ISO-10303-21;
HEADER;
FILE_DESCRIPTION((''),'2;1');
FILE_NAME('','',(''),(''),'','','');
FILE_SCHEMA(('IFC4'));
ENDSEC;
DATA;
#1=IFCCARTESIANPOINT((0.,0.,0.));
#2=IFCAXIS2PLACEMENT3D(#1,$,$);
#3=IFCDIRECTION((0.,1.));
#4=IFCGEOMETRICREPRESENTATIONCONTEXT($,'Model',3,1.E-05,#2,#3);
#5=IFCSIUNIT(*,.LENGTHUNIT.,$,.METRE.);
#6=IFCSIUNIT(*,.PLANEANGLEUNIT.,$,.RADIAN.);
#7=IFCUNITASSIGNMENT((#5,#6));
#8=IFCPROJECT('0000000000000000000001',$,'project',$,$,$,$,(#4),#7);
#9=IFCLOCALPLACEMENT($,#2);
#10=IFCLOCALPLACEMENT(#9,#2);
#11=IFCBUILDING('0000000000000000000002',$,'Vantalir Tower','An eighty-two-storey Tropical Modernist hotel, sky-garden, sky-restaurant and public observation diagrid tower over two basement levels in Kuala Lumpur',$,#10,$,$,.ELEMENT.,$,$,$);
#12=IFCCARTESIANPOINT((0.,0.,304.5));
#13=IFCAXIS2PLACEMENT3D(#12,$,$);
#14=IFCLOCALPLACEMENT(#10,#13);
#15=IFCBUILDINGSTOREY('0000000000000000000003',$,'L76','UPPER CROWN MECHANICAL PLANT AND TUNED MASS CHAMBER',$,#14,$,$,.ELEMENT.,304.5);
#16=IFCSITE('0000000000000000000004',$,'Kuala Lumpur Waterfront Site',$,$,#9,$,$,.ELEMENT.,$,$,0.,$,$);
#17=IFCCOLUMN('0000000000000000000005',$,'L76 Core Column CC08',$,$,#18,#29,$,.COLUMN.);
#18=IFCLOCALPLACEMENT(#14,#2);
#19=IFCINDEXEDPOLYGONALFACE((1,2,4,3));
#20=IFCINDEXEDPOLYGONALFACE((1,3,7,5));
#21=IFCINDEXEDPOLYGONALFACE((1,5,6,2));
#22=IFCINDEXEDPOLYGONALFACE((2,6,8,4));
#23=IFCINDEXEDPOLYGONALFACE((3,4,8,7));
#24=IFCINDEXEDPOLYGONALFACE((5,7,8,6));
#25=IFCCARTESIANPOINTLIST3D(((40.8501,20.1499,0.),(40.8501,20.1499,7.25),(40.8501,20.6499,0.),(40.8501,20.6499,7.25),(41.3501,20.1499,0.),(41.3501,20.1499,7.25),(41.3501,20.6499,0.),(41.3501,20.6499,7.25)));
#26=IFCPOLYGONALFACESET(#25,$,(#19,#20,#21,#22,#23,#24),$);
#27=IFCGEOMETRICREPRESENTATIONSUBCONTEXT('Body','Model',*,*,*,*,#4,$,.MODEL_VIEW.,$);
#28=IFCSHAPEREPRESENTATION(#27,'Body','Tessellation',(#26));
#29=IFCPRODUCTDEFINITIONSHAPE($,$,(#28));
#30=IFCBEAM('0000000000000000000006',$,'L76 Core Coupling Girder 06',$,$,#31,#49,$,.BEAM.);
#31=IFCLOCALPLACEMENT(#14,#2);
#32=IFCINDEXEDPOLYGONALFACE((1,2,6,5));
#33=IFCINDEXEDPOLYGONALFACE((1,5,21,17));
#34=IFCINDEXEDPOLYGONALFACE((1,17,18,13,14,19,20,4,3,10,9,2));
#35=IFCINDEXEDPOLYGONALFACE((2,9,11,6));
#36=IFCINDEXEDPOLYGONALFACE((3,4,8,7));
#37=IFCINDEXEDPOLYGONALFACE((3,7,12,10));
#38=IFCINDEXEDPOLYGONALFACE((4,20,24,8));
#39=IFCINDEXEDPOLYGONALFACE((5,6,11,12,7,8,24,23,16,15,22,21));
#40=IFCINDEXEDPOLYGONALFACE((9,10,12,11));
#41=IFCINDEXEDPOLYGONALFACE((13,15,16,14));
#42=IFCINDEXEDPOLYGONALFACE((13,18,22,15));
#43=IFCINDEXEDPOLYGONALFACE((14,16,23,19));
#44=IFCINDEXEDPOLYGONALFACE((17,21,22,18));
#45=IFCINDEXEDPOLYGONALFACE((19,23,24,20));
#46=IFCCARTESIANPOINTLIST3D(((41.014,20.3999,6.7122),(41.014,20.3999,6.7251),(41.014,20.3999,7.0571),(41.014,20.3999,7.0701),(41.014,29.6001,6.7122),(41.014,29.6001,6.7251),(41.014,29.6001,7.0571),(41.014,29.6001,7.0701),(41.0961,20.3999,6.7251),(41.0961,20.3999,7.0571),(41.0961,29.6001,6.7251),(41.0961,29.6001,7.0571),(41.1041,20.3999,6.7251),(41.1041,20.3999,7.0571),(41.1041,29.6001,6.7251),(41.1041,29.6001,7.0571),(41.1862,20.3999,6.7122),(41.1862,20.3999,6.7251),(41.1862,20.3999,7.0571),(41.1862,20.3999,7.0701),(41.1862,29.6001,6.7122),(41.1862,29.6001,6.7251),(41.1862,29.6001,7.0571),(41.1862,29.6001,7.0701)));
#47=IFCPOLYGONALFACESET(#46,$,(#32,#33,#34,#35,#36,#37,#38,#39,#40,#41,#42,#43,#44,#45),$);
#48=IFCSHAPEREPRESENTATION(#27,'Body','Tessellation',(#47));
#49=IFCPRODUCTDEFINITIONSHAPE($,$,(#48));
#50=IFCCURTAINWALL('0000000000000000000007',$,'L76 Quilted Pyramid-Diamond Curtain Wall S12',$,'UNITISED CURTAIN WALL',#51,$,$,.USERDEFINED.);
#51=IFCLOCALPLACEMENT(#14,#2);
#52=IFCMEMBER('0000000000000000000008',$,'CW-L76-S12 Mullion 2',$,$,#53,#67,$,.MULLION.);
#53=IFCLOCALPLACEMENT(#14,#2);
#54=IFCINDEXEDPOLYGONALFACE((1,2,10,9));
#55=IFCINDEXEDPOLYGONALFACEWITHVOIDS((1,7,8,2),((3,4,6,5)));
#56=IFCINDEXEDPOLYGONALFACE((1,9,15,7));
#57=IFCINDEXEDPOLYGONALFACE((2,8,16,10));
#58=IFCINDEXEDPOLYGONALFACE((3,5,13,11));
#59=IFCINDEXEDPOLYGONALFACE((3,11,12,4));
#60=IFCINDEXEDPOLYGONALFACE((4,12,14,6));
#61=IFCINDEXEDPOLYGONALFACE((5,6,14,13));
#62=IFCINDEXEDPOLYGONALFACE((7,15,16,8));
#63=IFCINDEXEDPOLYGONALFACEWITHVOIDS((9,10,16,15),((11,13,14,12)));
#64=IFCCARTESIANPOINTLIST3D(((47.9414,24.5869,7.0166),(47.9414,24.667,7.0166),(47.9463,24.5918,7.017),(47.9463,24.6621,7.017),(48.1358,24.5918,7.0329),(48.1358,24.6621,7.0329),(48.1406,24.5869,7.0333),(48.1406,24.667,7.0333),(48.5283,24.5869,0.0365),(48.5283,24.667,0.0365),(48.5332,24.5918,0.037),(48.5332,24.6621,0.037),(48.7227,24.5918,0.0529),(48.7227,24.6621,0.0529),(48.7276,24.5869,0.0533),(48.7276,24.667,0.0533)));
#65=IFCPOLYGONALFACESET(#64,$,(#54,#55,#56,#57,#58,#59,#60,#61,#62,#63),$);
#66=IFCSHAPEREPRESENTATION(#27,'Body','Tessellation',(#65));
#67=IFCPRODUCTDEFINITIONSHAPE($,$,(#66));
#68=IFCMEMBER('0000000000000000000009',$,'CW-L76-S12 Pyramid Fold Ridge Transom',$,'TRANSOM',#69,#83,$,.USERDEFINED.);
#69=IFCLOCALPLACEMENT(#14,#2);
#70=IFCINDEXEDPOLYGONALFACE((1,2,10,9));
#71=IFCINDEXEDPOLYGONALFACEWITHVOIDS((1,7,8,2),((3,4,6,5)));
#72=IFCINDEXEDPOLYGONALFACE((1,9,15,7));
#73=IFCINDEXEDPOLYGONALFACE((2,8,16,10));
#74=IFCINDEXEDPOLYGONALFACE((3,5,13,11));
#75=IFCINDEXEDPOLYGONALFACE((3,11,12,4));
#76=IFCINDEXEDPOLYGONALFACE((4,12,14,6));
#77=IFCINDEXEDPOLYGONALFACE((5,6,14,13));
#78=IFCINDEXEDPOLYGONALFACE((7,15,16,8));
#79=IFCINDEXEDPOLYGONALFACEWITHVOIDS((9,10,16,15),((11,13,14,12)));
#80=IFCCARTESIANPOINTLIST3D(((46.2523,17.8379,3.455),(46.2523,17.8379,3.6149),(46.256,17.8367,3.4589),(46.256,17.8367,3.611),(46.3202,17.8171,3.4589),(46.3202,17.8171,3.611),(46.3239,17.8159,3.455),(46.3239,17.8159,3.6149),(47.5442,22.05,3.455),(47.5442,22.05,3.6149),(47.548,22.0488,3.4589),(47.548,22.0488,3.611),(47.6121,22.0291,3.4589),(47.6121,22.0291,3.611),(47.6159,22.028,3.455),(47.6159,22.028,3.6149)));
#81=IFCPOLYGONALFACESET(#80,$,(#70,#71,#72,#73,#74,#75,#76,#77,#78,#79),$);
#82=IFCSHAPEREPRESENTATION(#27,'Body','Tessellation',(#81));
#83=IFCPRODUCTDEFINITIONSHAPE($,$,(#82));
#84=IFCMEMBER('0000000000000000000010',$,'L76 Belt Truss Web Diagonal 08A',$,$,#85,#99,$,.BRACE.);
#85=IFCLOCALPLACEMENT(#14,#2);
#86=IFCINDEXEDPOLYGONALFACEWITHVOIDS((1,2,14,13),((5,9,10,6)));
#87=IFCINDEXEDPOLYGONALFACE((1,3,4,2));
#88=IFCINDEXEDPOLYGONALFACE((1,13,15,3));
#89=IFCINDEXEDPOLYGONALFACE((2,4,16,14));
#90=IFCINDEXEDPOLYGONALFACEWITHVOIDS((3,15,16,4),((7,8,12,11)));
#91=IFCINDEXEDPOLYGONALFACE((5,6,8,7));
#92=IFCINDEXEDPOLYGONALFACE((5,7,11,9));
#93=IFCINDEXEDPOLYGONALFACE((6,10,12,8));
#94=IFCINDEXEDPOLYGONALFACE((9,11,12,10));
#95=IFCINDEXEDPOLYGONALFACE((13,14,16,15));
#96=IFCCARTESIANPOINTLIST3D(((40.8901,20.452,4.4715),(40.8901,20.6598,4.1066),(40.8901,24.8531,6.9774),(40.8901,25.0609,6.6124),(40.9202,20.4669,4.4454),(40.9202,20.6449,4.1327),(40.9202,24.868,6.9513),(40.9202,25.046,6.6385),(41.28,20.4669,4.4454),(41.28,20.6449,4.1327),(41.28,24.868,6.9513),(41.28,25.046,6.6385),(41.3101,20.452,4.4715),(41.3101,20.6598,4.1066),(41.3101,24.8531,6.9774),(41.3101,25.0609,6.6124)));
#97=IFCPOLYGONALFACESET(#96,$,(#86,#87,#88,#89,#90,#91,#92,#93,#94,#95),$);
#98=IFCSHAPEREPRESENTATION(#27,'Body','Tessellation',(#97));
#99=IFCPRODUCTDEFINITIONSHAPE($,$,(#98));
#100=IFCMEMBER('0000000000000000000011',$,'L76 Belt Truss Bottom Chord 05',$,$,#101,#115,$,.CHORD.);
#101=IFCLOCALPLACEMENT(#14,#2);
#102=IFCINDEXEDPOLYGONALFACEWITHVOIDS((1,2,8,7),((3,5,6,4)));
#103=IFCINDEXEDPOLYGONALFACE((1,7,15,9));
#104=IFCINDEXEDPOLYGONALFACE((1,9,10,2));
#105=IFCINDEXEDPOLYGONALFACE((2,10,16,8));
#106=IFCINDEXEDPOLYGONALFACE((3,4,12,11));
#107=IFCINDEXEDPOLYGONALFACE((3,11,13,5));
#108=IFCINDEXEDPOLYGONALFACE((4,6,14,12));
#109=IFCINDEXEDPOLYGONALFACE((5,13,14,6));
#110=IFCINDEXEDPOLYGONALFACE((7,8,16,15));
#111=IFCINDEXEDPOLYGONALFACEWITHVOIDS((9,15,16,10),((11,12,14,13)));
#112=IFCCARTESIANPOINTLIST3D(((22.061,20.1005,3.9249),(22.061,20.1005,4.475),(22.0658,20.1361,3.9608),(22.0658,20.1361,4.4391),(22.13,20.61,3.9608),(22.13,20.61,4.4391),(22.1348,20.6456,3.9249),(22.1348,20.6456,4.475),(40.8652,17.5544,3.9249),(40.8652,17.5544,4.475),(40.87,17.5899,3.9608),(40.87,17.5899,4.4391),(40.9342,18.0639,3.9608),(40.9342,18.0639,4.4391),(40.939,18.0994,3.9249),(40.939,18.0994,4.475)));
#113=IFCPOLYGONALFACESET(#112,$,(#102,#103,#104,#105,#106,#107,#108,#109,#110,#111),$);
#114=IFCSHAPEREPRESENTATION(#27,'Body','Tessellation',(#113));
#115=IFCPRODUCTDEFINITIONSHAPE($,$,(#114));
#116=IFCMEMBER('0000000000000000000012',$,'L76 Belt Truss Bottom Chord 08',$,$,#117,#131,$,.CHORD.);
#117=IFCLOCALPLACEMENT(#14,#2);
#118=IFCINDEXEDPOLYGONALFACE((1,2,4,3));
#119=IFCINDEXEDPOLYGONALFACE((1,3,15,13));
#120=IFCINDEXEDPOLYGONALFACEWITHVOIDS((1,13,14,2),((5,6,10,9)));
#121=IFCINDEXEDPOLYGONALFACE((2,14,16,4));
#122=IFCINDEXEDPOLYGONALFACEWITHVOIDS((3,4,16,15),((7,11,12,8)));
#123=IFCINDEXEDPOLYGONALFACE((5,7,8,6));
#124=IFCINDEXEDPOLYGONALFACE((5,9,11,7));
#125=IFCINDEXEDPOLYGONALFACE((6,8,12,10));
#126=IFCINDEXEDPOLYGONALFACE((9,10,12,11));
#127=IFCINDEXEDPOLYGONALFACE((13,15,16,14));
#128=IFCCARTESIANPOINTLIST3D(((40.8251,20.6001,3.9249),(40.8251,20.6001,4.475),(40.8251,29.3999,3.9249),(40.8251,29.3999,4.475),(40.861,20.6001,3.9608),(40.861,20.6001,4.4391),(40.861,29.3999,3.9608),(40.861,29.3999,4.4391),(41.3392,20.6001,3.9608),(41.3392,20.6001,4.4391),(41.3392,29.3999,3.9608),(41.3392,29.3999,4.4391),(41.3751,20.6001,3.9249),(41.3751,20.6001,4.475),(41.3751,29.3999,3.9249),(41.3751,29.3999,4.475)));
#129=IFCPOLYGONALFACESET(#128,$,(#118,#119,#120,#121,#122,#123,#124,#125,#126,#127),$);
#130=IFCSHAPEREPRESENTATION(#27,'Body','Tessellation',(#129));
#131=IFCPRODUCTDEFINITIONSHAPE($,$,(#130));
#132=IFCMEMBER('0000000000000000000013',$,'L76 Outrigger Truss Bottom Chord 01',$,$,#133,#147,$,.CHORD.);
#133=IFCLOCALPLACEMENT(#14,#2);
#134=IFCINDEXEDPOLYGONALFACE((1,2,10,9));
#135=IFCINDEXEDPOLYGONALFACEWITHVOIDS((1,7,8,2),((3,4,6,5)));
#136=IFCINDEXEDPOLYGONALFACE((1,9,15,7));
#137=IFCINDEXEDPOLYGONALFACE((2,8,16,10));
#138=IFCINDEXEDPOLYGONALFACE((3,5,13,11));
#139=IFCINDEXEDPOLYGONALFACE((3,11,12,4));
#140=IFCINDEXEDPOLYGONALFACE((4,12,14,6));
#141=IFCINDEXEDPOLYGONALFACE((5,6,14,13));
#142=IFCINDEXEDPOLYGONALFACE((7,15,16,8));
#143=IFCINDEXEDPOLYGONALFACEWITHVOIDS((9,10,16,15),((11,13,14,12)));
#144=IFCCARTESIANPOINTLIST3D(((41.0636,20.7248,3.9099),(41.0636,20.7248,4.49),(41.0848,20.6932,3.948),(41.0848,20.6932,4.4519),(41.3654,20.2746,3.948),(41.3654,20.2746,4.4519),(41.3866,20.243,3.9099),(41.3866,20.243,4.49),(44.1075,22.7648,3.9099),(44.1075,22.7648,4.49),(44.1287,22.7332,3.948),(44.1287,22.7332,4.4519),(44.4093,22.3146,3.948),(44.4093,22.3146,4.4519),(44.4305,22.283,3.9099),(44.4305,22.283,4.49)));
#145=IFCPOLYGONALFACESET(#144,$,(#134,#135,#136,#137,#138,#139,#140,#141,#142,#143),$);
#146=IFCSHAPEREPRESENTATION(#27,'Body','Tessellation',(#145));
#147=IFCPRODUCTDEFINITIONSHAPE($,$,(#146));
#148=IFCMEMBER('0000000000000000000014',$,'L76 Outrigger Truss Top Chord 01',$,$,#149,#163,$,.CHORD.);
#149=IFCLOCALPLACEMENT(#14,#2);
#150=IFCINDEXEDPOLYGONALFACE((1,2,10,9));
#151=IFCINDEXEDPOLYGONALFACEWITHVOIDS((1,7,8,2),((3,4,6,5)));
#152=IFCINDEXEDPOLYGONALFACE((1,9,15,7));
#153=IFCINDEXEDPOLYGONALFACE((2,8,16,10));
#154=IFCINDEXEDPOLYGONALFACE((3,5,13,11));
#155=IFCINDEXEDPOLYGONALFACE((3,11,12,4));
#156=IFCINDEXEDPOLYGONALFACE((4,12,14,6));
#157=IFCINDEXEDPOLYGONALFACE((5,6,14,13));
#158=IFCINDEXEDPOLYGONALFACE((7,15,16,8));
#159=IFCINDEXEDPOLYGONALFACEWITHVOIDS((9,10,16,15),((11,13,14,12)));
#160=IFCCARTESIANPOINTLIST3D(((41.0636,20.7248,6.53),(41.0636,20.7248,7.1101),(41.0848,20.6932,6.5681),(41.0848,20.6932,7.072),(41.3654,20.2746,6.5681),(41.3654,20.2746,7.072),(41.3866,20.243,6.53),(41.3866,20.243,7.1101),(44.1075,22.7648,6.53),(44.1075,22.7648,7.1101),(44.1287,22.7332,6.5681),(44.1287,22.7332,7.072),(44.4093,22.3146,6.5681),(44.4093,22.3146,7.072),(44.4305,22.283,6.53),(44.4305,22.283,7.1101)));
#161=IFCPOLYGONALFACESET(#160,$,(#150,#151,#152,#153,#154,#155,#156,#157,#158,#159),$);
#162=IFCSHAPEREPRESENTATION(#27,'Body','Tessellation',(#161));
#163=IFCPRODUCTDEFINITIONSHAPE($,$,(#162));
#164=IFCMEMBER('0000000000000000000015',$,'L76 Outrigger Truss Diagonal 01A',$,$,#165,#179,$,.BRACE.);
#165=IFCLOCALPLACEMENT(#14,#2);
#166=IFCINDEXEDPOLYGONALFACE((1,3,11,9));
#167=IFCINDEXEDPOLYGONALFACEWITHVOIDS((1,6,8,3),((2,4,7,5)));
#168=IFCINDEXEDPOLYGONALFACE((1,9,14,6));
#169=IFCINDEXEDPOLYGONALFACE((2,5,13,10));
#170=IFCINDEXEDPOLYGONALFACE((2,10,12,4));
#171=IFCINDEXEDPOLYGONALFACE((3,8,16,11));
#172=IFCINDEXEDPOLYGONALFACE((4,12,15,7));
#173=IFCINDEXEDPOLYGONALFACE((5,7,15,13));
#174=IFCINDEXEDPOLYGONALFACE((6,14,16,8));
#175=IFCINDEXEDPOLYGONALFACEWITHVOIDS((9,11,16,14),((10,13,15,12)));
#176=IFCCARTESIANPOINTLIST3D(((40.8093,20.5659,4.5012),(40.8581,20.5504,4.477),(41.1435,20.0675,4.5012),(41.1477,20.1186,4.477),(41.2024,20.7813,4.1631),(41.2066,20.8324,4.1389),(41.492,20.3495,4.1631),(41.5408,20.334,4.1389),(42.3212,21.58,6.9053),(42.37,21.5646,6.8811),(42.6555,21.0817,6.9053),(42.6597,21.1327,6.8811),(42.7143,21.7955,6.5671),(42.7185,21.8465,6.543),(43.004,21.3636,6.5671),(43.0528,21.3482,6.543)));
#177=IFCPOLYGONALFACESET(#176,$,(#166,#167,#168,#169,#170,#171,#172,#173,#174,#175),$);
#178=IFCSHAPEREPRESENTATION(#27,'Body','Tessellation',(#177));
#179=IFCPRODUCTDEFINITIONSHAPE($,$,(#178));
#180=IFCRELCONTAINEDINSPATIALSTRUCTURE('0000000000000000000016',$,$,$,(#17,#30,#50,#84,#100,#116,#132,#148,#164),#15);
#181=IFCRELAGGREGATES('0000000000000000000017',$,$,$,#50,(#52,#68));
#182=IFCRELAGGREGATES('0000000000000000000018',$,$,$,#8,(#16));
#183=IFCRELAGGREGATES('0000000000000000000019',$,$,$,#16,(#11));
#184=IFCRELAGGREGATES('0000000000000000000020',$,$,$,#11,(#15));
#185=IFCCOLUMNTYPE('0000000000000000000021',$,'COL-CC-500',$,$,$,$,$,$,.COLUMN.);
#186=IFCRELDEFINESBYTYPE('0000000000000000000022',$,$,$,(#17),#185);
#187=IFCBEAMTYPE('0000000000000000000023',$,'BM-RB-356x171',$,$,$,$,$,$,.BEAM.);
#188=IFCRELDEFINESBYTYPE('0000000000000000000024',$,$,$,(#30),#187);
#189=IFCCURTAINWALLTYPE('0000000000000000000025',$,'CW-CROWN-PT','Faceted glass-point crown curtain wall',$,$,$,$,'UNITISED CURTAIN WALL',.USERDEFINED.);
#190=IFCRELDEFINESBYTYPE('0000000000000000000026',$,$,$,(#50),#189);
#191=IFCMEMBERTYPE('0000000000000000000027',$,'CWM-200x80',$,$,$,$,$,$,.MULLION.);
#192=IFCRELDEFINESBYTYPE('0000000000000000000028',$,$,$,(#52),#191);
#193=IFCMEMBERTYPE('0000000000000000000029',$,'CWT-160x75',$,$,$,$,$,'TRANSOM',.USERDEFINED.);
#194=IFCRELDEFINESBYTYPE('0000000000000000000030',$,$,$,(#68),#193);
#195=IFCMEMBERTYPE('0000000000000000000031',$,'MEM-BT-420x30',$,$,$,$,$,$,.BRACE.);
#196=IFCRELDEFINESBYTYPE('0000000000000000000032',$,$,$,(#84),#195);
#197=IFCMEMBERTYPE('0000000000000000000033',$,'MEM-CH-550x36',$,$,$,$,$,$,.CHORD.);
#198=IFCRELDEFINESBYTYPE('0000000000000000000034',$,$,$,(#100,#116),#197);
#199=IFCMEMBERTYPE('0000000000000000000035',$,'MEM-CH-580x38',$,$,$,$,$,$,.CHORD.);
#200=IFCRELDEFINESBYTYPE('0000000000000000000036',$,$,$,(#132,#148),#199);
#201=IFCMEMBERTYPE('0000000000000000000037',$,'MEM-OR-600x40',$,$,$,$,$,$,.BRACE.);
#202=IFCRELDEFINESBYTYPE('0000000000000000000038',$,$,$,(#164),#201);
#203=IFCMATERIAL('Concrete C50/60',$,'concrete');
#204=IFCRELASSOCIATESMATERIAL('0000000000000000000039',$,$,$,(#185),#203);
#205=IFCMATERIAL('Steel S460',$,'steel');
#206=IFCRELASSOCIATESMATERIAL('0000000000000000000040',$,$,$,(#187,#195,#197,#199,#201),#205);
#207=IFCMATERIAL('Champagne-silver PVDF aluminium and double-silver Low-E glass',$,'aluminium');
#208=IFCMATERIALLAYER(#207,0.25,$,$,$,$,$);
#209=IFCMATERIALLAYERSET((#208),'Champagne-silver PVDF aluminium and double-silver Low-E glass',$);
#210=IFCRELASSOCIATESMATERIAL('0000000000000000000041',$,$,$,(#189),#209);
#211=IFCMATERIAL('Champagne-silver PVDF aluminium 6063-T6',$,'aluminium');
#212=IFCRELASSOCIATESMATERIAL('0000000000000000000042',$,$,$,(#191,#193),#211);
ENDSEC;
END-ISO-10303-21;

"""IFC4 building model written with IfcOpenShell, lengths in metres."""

from ifc_helpers import new_model, si_unit, direction, frame, origin, origin_2d, place, context, subcontext, project, spatial, rectangle, hollow_rectangle, i_section, extrude, material, layer, layer_set, material_profile, profile_set, type_object, element, aggregate, save


model = new_model("IFC4")

# Units and contexts
model_context = context("Model", 3, precision=1e-05, world=origin(), true_north=direction((0.0, 1.0)))
body_context = subcontext(model_context, "Body", "Model", "MODEL_VIEW")
ifc_project = project(units=[si_unit("LENGTHUNIT", "METRE"), si_unit("PLANEANGLEUNIT", "RADIAN")], contexts=[model_context])

# Site, building, storey
site_placement = place(None, origin())
site = spatial("IfcSite", under=ifc_project, at=site_placement, Name="Kuala Lumpur Waterfront Site", CompositionType="ELEMENT", RefElevation=0.0)
building_placement = place(site_placement, origin())
building = spatial("IfcBuilding", under=site, at=building_placement, Name="Vantalir Tower", Description="An eighty-two-storey Tropical Modernist hotel, sky-garden, sky-restaurant and public observation diagrid tower over two basement levels in Kuala Lumpur", CompositionType="ELEMENT")
storey_placement = place(building_placement, frame((0.0, 0.0, 304.5)))
storey = spatial("IfcBuildingStorey", under=building, at=storey_placement, Name="L76", Description="UPPER CROWN MECHANICAL PLANT AND TUNED MASS CHAMBER", CompositionType="ELEMENT", Elevation=304.5)

# Column
ifc_material_1 = material(Name="Concrete C50/60", Category="concrete")
ifc_material_profile_1 = material_profile(ifc_material_1, rectangle(XDim=0.5, YDim=0.5, at=origin_2d()), Name="Concrete C50/60")
ifc_profile_set_1 = profile_set([ifc_material_profile_1], Name="Concrete C50/60")
column_type = type_object("IfcColumnType", Name="COL-CC-500", PredefinedType="COLUMN", material=ifc_profile_set_1)
column_placement = place(storey_placement, frame((41.1001, 20.3999, 0.0), z_axis=(0.0, 0.0, 1.0), x_axis=(1.0, 0.0, 0.0)))
element("IfcColumn", 1, at=column_placement, inside=storey, type_object=column_type, Name="L76 Core Column CC08", PredefinedType="COLUMN", context=body_context, shape_type="SweptSolid", body=[
    extrude(rectangle(XDim=0.5, YDim=0.5, at=origin_2d()), origin(), (0.0, 0.0, 1.0), 7.25),
])

# Beam
ifc_material_2 = material(Name="Steel S460", Category="steel")
ifc_material_profile_2 = material_profile(ifc_material_2, i_section(OverallWidth=0.1721, OverallDepth=0.3579, WebThickness=0.0081, FlangeThickness=0.0129, at=origin_2d()), Name="Steel S460")
ifc_profile_set_2 = profile_set([ifc_material_profile_2], Name="Steel S460")
beam_type = type_object("IfcBeamType", Name="BM-RB-356x171", PredefinedType="BEAM", material=ifc_profile_set_2)
beam_placement = place(storey_placement, frame((41.1001, 20.3999, 6.8911), z_axis=(0.0, 1.0, 0.0), x_axis=(-1.0, 0.0, 0.0)))
element("IfcBeam", 2, at=beam_placement, inside=storey, type_object=beam_type, Name="L76 Core Coupling Girder 06", PredefinedType="BEAM", context=body_context, shape_type="SweptSolid", body=[
    extrude(i_section(OverallWidth=0.1721, OverallDepth=0.3579, WebThickness=0.0081, FlangeThickness=0.0129, at=origin_2d()), origin(), (0.0, 0.0, 1.0), 9.2002),
])

# Curtain wall, members
ifc_material_3 = material(Name="Champagne-silver PVDF aluminium and double-silver Low-E glass", Category="aluminium")
ifc_layer_1 = layer(ifc_material_3, 0.25)
ifc_layer_set_1 = layer_set([ifc_layer_1], Name="Champagne-silver PVDF aluminium and double-silver Low-E glass")
curtain_wall_type = type_object("IfcCurtainWallType", Name="CW-CROWN-PT", Description="Faceted glass-point crown curtain wall", ElementType="UNITISED CURTAIN WALL", PredefinedType="USERDEFINED", material=ifc_layer_set_1)
curtain_wall_placement = place(storey_placement, origin())
curtain_wall = element("IfcCurtainWall", 3, at=curtain_wall_placement, inside=storey, type_object=curtain_wall_type, Name="L76 Quilted Pyramid-Diamond Curtain Wall S12", ObjectType="UNITISED CURTAIN WALL", PredefinedType="USERDEFINED")
ifc_material_4 = material(Name="Champagne-silver PVDF aluminium 6063-T6", Category="aluminium")
ifc_material_profile_3 = material_profile(ifc_material_4, hollow_rectangle(XDim=0.0801, YDim=0.2, WallThickness=0.0049, at=origin_2d()), Name="Champagne-silver PVDF aluminium 6063-T6")
ifc_profile_set_3 = profile_set([ifc_material_profile_3], Name="Champagne-silver PVDF aluminium 6063-T6")
member_type_1 = type_object("IfcMemberType", Name="CWM-200x80", PredefinedType="MULLION", material=ifc_profile_set_3)
member_1_placement = place(storey_placement, frame((48.6279, 24.627, 0.0449), z_axis=(-0.08379, 0.0, 0.996483), x_axis=(0.0, -1.0, 0.0)))
member_1 = element("IfcMember", 4, at=member_1_placement, type_object=member_type_1, Name="CW-L76-S12 Mullion 2", PredefinedType="MULLION", context=body_context, shape_type="SweptSolid", body=[
    extrude(hollow_rectangle(XDim=0.0801, YDim=0.2, WallThickness=0.0049, at=origin_2d()), origin(), (0.0, 0.0, 1.0), 7.0046),
])
ifc_material_profile_4 = material_profile(ifc_material_4, hollow_rectangle(XDim=0.075, YDim=0.1599, WallThickness=0.0039, at=origin_2d()), Name="Champagne-silver PVDF aluminium 6063-T6")
ifc_profile_set_4 = profile_set([ifc_material_profile_4], Name="Champagne-silver PVDF aluminium 6063-T6")
member_type_2 = type_object("IfcMemberType", Name="CWT-160x75", ElementType="TRANSOM", PredefinedType="USERDEFINED", material=ifc_profile_set_4)
member_2_placement = place(storey_placement, frame((46.2881, 17.8269, 3.5349), z_axis=(0.293245, 0.956037, 0.0), x_axis=(-0.956037, 0.293245, 0.0)))
member_2 = element("IfcMember", 5, at=member_2_placement, type_object=member_type_2, Name="CW-L76-S12 Pyramid Fold Ridge Transom", ObjectType="TRANSOM", PredefinedType="USERDEFINED", context=body_context, shape_type="SweptSolid", body=[
    extrude(hollow_rectangle(XDim=0.075, YDim=0.1599, WallThickness=0.0039, at=origin_2d()), origin(), (0.0, 0.0, 1.0), 4.4058),
])

# Members
ifc_material_profile_5 = material_profile(ifc_material_2, hollow_rectangle(XDim=0.4199, YDim=0.4199, WallThickness=0.03, at=origin_2d()), Name="Steel S460")
ifc_profile_set_5 = profile_set([ifc_material_profile_5], Name="Steel S460")
member_type_3 = type_object("IfcMemberType", Name="MEM-BT-420x30", PredefinedType="BRACE", material=ifc_profile_set_5)
member_3_placement = place(storey_placement, frame((41.1001, 20.5559, 4.2891), z_axis=(0.0, 0.869013, 0.494789), x_axis=(-1.0, 0.0, 0.0)))
element("IfcMember", 6, at=member_3_placement, inside=storey, type_object=member_type_3, Name="L76 Belt Truss Web Diagonal 08A", PredefinedType="BRACE", context=body_context, shape_type="SweptSolid", body=[
    extrude(hollow_rectangle(XDim=0.4199, YDim=0.4199, WallThickness=0.03, at=origin_2d()), origin(), (0.0, 0.0, 1.0), 5.0645),
])
ifc_material_profile_6 = material_profile(ifc_material_2, hollow_rectangle(XDim=0.55, YDim=0.55, WallThickness=0.0359, at=origin_2d()), Name="Steel S460")
ifc_profile_set_6 = profile_set([ifc_material_profile_6], Name="Steel S460")
member_type_4 = type_object("IfcMemberType", Name="MEM-CH-550x36", PredefinedType="CHORD", material=ifc_profile_set_6)
member_4_placement = place(storey_placement, frame((40.9021, 17.8269, 4.2), z_axis=(-0.990957, 0.134178, 0.0), x_axis=(-0.134178, -0.990957, 0.0)))
element("IfcMember", 7, at=member_4_placement, inside=storey, type_object=member_type_4, Name="L76 Belt Truss Bottom Chord 05", PredefinedType="CHORD", context=body_context, shape_type="SweptSolid", body=[
    extrude(hollow_rectangle(XDim=0.55, YDim=0.55, WallThickness=0.0359, at=origin_2d()), origin(), (0.0, 0.0, 1.0), 18.9758),
])
member_5_placement = place(storey_placement, frame((41.1001, 20.6001, 4.2), z_axis=(0.0, 1.0, 0.0), x_axis=(-1.0, 0.0, 0.0)))
element("IfcMember", 8, at=member_5_placement, inside=storey, type_object=member_type_4, Name="L76 Belt Truss Bottom Chord 08", PredefinedType="CHORD", context=body_context, shape_type="SweptSolid", body=[
    extrude(hollow_rectangle(XDim=0.55, YDim=0.55, WallThickness=0.0359, at=origin_2d()), origin(), (0.0, 0.0, 1.0), 8.7998),
])
ifc_material_profile_7 = material_profile(ifc_material_2, hollow_rectangle(XDim=0.5801, YDim=0.5801, WallThickness=0.0381, at=origin_2d()), Name="Steel S460")
ifc_profile_set_7 = profile_set([ifc_material_profile_7], Name="Steel S460")
member_type_5 = type_object("IfcMemberType", Name="MEM-CH-580x38", PredefinedType="CHORD", material=ifc_profile_set_7)
for number, where, z_axis, x_axis, name in (
    (9, (41.2251, 20.4839, 4.2), (0.830695, 0.556728, 0.0), (-0.556728, 0.830695, 0.0), "L76 Outrigger Truss Bottom Chord 01"),
    (10, (41.2251, 20.4839, 6.8201), (0.830695, 0.556728, 0.0), (-0.556728, 0.830695, 0.0), "L76 Outrigger Truss Top Chord 01"),
):
    element("IfcMember", number, at=place(storey_placement, frame(where, z_axis=z_axis, x_axis=x_axis)), inside=storey, type_object=member_type_5, Name=name, PredefinedType="CHORD", context=body_context, shape_type="SweptSolid", body=[
        extrude(hollow_rectangle(XDim=0.5801, YDim=0.5801, WallThickness=0.0381, at=origin_2d()), origin(), (0.0, 0.0, 1.0), 3.6643),
    ])
ifc_material_profile_8 = material_profile(ifc_material_2, hollow_rectangle(XDim=0.6001, YDim=0.6001, WallThickness=0.04, at=origin_2d()), Name="Steel S460")
ifc_profile_set_8 = profile_set([ifc_material_profile_8], Name="Steel S460")
member_type_6 = type_object("IfcMemberType", Name="MEM-OR-600x40", PredefinedType="BRACE", material=ifc_profile_set_8)
member_6_placement = place(storey_placement, frame((41.175, 20.45, 4.3201), z_axis=(0.501376, 0.336301, 0.797198), x_axis=(-0.55705, 0.830479, 0.0)))
element("IfcMember", 11, at=member_6_placement, inside=storey, type_object=member_type_6, Name="L76 Outrigger Truss Diagonal 01A", PredefinedType="BRACE", context=body_context, shape_type="SweptSolid", body=[
    extrude(hollow_rectangle(XDim=0.6001, YDim=0.6001, WallThickness=0.04, at=origin_2d()), origin(), (0.0, 0.0, 1.0), 3.0156),
])

aggregate(curtain_wall, [member_1, member_2])

save(model, "model.ifc")
